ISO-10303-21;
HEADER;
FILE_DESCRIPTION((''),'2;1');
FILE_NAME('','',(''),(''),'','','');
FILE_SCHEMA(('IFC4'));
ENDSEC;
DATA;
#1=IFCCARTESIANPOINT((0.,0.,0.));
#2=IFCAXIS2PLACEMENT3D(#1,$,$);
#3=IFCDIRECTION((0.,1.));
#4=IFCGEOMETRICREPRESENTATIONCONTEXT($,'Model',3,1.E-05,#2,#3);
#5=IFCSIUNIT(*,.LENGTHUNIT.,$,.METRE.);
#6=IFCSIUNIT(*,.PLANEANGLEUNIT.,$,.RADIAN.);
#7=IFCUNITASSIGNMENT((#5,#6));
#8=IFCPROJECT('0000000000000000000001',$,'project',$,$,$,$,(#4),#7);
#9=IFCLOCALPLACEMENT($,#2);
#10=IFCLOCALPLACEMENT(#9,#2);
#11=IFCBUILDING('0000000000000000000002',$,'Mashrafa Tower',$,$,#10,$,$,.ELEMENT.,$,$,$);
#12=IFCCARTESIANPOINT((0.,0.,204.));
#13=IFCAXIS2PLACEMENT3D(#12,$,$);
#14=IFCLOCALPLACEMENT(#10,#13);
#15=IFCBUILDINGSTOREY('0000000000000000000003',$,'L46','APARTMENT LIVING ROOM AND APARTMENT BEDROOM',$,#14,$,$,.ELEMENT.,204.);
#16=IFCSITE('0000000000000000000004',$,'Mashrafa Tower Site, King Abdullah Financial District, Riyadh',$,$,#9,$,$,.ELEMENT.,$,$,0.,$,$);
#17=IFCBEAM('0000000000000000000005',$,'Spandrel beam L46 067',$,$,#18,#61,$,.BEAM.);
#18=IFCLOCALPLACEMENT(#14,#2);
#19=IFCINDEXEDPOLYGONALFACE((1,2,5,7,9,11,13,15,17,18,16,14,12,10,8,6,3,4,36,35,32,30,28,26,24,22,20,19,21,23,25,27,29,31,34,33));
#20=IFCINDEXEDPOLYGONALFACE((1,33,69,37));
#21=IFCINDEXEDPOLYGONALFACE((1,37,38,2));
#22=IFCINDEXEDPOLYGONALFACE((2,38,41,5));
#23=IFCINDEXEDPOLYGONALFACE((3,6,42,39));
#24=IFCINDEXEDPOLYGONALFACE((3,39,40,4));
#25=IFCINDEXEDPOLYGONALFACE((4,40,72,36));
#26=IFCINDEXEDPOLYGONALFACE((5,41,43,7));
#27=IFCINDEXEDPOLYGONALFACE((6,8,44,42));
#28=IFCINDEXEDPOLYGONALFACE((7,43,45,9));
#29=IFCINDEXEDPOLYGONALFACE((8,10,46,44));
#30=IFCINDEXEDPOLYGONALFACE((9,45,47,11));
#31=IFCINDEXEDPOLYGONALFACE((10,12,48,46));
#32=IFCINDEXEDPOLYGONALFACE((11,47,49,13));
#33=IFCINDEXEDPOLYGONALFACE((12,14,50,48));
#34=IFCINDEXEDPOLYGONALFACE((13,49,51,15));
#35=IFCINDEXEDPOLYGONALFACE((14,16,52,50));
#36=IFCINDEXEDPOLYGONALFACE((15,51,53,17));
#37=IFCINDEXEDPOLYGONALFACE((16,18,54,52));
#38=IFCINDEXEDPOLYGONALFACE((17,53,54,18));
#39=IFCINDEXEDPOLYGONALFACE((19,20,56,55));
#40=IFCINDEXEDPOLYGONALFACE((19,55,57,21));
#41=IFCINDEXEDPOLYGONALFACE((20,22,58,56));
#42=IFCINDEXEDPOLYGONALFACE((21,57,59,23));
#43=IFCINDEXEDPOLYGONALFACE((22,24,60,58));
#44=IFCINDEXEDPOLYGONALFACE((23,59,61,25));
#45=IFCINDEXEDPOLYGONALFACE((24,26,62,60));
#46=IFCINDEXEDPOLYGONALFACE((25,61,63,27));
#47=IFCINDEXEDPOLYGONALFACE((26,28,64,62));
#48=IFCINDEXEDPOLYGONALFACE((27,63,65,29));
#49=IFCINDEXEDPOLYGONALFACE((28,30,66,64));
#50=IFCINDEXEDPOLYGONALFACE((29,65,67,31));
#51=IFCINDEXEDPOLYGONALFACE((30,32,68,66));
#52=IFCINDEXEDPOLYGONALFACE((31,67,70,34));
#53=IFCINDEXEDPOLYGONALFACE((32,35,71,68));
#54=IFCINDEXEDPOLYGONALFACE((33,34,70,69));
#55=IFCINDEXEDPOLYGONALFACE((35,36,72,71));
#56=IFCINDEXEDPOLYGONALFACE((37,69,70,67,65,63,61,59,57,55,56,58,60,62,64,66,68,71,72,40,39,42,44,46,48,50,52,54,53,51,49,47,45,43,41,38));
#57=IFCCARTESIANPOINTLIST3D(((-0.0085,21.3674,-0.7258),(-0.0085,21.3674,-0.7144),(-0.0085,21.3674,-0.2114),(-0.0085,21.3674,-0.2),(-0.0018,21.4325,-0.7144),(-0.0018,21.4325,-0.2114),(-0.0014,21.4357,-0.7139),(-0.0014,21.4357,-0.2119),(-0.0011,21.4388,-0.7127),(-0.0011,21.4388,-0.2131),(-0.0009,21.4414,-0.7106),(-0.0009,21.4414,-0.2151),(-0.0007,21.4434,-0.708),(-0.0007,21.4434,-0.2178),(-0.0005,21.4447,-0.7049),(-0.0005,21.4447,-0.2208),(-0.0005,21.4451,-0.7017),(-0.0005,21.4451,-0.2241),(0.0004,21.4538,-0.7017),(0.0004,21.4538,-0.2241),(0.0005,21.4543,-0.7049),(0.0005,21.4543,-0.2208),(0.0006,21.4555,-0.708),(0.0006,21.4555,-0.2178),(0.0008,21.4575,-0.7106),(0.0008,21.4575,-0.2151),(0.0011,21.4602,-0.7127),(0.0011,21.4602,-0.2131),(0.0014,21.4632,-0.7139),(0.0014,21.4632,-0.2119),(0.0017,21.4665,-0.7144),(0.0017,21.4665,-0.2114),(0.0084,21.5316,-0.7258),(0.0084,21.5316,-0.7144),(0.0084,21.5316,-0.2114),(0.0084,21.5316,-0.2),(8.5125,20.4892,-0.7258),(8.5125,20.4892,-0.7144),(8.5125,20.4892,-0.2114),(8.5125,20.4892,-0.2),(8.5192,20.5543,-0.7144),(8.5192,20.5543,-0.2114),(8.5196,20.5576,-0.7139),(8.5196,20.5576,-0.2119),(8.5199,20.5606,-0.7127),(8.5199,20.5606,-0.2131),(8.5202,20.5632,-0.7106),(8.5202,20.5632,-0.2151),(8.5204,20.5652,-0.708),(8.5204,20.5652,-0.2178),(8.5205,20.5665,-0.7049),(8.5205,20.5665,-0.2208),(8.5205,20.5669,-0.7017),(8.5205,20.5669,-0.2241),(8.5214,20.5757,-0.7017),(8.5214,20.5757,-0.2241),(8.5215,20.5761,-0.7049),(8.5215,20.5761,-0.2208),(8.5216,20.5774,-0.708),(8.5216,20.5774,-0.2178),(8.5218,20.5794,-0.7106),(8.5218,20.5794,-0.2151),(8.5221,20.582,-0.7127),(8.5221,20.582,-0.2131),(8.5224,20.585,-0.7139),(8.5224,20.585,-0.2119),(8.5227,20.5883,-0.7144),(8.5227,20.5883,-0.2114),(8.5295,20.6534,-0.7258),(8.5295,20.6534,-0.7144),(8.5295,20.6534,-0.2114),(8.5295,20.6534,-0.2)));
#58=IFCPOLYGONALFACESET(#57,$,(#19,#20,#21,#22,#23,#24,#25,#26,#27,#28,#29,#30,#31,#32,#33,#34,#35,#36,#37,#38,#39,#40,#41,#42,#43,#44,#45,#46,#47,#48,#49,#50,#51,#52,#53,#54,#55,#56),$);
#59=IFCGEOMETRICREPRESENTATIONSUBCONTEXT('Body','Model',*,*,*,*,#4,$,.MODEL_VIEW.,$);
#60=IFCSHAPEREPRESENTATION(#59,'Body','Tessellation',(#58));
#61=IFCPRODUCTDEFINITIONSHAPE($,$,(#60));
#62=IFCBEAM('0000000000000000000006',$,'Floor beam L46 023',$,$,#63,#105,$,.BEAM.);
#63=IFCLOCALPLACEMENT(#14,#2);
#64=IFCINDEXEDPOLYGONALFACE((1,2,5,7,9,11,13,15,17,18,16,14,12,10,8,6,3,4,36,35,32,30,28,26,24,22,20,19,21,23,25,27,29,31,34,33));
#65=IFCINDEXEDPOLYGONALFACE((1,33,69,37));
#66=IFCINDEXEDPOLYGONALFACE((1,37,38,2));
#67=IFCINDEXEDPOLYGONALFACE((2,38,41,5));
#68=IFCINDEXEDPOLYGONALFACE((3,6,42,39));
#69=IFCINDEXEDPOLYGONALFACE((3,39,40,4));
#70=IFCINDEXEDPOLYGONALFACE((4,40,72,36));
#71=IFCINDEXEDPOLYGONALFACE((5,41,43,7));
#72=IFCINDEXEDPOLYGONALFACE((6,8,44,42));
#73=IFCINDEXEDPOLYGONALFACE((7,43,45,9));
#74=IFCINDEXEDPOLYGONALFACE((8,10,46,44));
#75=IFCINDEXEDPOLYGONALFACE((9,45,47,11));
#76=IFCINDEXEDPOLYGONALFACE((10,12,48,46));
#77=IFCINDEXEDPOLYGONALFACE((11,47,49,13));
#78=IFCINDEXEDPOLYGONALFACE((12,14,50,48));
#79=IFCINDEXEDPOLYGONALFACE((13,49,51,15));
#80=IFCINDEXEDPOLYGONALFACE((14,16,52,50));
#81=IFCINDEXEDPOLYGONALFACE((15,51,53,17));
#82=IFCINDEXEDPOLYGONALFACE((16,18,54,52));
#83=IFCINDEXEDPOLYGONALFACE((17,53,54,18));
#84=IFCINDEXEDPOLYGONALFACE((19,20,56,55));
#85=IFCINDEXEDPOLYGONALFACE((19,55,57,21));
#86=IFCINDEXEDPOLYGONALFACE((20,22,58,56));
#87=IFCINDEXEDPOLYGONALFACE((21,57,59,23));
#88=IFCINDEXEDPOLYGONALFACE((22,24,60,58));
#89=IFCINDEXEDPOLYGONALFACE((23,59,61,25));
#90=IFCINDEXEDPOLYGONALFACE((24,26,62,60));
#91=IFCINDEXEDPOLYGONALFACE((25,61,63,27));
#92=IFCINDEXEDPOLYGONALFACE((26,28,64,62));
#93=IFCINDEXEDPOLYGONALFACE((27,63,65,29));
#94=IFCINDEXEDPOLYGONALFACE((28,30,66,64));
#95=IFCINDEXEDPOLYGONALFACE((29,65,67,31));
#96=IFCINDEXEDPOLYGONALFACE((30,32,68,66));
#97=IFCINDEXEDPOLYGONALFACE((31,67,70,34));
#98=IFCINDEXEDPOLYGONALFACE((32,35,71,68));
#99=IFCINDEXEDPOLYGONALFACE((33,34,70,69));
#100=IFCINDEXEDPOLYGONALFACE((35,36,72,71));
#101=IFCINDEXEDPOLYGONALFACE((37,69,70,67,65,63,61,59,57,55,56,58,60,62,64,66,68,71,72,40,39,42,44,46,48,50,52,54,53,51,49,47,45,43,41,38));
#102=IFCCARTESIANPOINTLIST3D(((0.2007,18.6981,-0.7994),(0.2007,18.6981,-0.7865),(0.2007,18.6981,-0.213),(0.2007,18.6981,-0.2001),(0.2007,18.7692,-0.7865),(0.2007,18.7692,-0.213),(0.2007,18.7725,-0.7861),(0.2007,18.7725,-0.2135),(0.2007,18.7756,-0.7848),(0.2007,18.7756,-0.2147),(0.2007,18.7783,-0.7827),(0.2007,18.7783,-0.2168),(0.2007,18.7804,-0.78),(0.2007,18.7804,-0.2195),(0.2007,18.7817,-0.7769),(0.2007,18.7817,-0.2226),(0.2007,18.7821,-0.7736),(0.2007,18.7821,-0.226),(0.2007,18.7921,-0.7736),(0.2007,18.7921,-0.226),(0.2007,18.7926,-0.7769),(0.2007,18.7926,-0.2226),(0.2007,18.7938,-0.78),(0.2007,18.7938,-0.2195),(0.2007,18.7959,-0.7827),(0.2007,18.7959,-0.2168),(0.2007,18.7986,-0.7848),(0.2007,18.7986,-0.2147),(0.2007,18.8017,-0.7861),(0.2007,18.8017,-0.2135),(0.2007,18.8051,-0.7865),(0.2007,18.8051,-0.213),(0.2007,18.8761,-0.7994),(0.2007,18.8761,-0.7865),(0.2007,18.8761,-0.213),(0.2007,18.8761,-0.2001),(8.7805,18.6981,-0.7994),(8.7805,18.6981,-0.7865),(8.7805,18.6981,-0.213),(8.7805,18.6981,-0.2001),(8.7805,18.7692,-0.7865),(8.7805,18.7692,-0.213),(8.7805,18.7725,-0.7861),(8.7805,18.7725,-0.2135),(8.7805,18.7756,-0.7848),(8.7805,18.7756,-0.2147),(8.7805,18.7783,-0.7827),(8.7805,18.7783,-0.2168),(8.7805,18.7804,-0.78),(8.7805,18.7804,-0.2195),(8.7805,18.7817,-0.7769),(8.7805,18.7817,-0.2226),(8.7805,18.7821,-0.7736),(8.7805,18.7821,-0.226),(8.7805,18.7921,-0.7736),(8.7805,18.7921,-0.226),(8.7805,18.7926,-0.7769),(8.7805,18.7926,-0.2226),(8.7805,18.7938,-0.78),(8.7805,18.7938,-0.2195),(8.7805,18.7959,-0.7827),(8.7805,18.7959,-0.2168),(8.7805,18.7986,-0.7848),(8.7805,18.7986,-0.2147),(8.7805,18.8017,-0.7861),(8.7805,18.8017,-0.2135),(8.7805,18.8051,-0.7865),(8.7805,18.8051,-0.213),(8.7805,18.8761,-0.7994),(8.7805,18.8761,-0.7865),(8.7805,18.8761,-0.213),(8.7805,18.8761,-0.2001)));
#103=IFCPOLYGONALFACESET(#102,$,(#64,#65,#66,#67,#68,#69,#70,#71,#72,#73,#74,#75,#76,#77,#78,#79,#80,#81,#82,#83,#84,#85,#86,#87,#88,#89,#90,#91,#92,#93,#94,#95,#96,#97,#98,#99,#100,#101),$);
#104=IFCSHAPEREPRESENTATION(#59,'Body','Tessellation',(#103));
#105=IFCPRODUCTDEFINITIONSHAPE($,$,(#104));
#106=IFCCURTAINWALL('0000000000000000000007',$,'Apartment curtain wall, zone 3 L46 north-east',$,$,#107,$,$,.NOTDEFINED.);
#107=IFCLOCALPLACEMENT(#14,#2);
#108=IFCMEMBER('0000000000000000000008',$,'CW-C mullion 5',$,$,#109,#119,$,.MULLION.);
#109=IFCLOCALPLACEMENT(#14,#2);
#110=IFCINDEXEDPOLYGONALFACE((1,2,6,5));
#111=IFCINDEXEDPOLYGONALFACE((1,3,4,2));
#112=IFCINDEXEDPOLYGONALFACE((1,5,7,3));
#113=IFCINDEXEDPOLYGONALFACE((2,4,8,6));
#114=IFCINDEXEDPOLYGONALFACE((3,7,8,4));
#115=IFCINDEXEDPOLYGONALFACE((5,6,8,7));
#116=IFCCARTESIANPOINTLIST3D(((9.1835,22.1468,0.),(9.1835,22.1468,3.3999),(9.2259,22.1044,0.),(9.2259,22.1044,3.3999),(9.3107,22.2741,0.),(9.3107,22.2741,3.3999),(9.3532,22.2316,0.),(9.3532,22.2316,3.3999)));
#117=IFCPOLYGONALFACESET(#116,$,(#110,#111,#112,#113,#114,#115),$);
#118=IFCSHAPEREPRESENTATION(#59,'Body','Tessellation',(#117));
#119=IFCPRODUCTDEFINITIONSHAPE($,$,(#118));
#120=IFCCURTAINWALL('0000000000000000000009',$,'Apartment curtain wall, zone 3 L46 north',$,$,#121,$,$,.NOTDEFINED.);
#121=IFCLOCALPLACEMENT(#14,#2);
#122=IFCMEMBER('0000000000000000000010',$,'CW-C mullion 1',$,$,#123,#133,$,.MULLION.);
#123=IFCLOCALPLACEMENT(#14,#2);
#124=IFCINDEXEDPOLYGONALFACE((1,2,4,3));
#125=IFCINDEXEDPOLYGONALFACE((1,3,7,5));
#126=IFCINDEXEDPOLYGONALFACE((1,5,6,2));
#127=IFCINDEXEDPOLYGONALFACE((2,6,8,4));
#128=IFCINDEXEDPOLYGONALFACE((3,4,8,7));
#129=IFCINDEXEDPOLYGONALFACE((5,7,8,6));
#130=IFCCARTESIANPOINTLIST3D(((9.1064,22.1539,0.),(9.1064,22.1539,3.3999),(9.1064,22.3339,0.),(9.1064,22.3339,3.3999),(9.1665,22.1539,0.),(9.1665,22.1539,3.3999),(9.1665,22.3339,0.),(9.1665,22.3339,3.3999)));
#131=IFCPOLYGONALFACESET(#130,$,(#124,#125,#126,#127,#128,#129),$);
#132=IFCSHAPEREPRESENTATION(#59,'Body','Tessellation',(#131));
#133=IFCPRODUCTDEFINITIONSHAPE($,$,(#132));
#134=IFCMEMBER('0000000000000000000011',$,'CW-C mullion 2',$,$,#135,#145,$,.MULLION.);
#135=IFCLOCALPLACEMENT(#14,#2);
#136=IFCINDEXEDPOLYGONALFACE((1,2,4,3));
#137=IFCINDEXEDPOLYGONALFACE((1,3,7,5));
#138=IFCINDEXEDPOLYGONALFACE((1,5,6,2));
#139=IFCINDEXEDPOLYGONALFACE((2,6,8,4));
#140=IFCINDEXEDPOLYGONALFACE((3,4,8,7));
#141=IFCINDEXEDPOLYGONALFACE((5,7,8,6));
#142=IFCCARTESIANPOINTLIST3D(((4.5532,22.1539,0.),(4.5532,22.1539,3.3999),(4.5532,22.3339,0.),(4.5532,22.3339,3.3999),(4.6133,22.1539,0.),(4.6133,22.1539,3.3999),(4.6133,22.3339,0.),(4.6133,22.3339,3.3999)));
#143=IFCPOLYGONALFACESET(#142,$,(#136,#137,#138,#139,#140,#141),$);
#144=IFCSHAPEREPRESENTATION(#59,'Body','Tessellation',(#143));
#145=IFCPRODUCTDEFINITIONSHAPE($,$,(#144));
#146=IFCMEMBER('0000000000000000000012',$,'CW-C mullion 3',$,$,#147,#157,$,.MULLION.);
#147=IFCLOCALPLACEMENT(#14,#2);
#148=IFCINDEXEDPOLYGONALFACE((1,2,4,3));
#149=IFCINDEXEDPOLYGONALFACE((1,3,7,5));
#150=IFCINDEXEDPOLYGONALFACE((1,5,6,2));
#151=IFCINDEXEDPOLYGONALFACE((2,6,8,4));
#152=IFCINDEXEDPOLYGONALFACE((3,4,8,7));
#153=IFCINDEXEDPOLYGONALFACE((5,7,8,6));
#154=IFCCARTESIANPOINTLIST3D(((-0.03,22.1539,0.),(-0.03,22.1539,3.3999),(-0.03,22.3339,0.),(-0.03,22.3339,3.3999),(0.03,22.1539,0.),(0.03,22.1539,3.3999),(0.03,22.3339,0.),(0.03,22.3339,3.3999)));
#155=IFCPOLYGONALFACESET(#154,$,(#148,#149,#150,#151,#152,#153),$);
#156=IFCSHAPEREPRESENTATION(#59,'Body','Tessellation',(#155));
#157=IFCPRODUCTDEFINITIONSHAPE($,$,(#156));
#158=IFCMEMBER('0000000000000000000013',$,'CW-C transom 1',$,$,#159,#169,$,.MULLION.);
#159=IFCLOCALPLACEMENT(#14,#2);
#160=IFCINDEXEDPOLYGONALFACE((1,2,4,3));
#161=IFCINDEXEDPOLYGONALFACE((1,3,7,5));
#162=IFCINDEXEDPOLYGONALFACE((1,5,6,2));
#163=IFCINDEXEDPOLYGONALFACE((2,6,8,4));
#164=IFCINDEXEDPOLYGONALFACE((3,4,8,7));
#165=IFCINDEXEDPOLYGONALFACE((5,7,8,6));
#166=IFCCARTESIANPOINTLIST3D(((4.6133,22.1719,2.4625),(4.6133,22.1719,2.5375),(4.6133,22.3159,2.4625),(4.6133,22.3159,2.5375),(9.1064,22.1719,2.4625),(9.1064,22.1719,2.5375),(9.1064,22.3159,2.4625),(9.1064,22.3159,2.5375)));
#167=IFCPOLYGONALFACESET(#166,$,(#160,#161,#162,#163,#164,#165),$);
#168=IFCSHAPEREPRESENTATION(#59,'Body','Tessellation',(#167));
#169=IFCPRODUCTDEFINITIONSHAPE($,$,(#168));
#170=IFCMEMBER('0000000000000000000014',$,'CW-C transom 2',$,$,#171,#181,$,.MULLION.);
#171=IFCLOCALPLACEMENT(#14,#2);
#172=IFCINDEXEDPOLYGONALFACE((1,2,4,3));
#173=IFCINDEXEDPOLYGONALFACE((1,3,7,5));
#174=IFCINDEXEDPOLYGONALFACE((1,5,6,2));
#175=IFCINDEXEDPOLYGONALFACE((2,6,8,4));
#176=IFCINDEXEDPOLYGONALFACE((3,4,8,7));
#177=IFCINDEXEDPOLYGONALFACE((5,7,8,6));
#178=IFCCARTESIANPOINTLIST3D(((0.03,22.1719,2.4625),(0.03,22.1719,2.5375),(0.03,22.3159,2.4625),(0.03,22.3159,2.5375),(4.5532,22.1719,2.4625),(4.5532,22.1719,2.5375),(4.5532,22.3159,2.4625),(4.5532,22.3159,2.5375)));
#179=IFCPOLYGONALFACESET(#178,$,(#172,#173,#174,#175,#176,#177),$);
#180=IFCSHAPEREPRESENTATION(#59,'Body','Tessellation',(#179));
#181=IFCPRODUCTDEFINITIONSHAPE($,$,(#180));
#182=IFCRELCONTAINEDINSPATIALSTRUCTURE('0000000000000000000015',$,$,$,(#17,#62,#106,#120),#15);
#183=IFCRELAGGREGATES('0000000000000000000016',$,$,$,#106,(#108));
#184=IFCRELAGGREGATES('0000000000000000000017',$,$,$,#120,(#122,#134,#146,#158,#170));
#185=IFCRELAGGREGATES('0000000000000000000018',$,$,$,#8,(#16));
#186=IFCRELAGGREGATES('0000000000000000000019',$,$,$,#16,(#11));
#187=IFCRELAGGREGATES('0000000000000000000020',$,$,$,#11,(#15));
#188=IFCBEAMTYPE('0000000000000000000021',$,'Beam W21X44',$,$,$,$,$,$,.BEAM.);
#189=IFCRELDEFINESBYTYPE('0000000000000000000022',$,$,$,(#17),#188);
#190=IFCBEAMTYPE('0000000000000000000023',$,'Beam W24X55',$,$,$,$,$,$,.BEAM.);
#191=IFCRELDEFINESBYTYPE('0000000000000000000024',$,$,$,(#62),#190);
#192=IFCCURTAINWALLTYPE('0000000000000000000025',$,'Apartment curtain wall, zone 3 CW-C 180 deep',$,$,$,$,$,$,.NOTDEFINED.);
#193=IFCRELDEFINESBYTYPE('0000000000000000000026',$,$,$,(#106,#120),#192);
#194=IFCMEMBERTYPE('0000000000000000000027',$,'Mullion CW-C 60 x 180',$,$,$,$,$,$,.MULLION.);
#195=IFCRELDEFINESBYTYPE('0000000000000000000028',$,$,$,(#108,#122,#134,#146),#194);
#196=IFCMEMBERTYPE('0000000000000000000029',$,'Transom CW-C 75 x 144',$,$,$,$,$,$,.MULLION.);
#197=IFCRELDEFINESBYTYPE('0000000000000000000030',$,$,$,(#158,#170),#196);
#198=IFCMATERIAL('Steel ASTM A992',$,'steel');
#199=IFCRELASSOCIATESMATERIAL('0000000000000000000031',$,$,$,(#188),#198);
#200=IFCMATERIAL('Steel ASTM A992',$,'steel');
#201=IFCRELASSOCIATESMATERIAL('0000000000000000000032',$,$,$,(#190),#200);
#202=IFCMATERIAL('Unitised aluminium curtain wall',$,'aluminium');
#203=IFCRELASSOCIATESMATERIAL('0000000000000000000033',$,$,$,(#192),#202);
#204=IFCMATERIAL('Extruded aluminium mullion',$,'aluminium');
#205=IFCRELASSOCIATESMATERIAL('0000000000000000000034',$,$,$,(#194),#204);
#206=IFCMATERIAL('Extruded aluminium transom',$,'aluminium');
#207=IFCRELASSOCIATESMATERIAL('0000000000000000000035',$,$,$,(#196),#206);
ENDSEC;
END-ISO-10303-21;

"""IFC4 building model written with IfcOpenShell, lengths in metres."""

from ifc_helpers import new_model, si_unit, direction, frame, origin, origin_2d, place, context, subcontext, project, spatial, rectangle, i_section, extrude, source, transform, mapped, material, material_profile, profile_set, type_object, type_shapes, element, aggregate, save


model = new_model("IFC4")

# Units and contexts
model_context = context("Model", 3, precision=1e-05, world=origin(), true_north=direction((0.0, 1.0)))
body_context = subcontext(model_context, "Body", "Model", "MODEL_VIEW")
ifc_project = project(units=[si_unit("LENGTHUNIT", "METRE"), si_unit("PLANEANGLEUNIT", "RADIAN")], contexts=[model_context])

# Site, building, storey
site_placement = place(None, origin())
site = spatial("IfcSite", under=ifc_project, at=site_placement, Name="Mashrafa Tower Site, King Abdullah Financial District, Riyadh", CompositionType="ELEMENT", RefElevation=0.0)
building_placement = place(site_placement, origin())
building = spatial("IfcBuilding", under=site, at=building_placement, Name="Mashrafa Tower", CompositionType="ELEMENT")
storey_placement = place(building_placement, frame((0.0, 0.0, 204.0)))
storey = spatial("IfcBuildingStorey", under=building, at=storey_placement, Name="L46", Description="APARTMENT LIVING ROOM AND APARTMENT BEDROOM", CompositionType="ELEMENT", Elevation=204.0)

# Beams
ifc_material_1 = material(Name="Steel ASTM A992", Category="steel")
ifc_material_profile_1 = material_profile(ifc_material_1, i_section(OverallWidth=0.165, OverallDepth=0.5259, WebThickness=0.0088, FlangeThickness=0.0115, FilletRadius=0.0127, at=origin_2d()), Name="W21X44")
ifc_profile_set_1 = profile_set([ifc_material_profile_1], Name="Steel ASTM A992")
beam_type_1 = type_object("IfcBeamType", Name="Beam W21X44", PredefinedType="BEAM", material=ifc_profile_set_1)
for number, where, z_axis, x_axis, name in (
    (1, (8.521, 20.5713, -0.4629), (-0.994731, 0.102517, 0.0), (-0.102517, -0.994731, 0.0), "Spandrel beam L46 067"),
):
    element("IfcBeam", number, at=place(storey_placement, frame(where, z_axis=z_axis, x_axis=x_axis)), inside=storey, type_object=beam_type_1, Name=name, PredefinedType="BEAM", context=body_context, shape_type="SweptSolid", body=[
        extrude(i_section(OverallWidth=0.165, OverallDepth=0.5259, WebThickness=0.0088, FlangeThickness=0.0115, FilletRadius=0.0127, at=origin_2d()), origin(), (0.0, 0.0, 1.0), 8.5662),
    ])
ifc_material_2 = material(Name="Steel ASTM A992", Category="steel")
ifc_material_profile_2 = material_profile(ifc_material_2, i_section(OverallWidth=0.178, OverallDepth=0.5994, WebThickness=0.01, FlangeThickness=0.0129, FilletRadius=0.0129, at=origin_2d()), Name="W24X55")
ifc_profile_set_2 = profile_set([ifc_material_profile_2], Name="Steel ASTM A992")
beam_type_2 = type_object("IfcBeamType", Name="Beam W24X55", PredefinedType="BEAM", material=ifc_profile_set_2)
beam_1_placement = place(storey_placement, frame((0.2007, 18.7871, -0.4998), z_axis=(1.0, 0.0, 0.0), x_axis=(0.0, 1.0, 0.0)))
element("IfcBeam", 2, at=beam_1_placement, inside=storey, type_object=beam_type_2, Name="Floor beam L46 023", PredefinedType="BEAM", context=body_context, shape_type="SweptSolid", body=[
    extrude(i_section(OverallWidth=0.178, OverallDepth=0.5994, WebThickness=0.01, FlangeThickness=0.0129, FilletRadius=0.0129, at=origin_2d()), origin(), (0.0, 0.0, 1.0), 8.5798),
])

# Curtain wall, member
ifc_material_3 = material(Name="Unitised aluminium curtain wall", Category="aluminium")
curtain_wall_type = type_object("IfcCurtainWallType", Name="Apartment curtain wall, zone 3 CW-C 180 deep", PredefinedType="NOTDEFINED", material=ifc_material_3)
curtain_wall_1_placement = place(storey_placement, origin())
curtain_wall_1 = element("IfcCurtainWall", 3, at=curtain_wall_1_placement, inside=storey, type_object=curtain_wall_type, Name="Apartment curtain wall, zone 3 L46 north-east", PredefinedType="NOTDEFINED")
ifc_material_4 = material(Name="Extruded aluminium mullion", Category="aluminium")
ifc_material_profile_3 = material_profile(ifc_material_4, rectangle(XDim=0.1799, YDim=0.0601, at=origin_2d()), Name="Mullion 60x180")
ifc_profile_set_3 = profile_set([ifc_material_profile_3], Name="Extruded aluminium mullion")
member_type_1 = type_object("IfcMemberType", Name="Mullion CW-C 60 x 180", PredefinedType="MULLION", material=ifc_profile_set_3)
shared_shape_1 = source(origin(), body_context, "Body", "SweptSolid", [
    extrude(rectangle(XDim=0.1799, YDim=0.0601, at=origin_2d()), origin(), (0.0, 0.0, 1.0), 3.3999),
])
type_shapes(member_type_1, [shared_shape_1])
member_1_placement = place(storey_placement, frame((9.2683, 22.1892, 0.0), z_axis=(0.0, 0.0, 1.0), x_axis=(-0.707107, -0.707107, 0.0)))
member_1 = element("IfcMember", 4, at=member_1_placement, type_object=member_type_1, Name="CW-C mullion 5", PredefinedType="MULLION", context=body_context, shape_type="MappedRepresentation", body=[
    mapped(shared_shape_1, transform((0.0, 0.0, 0.0))),
])

# Curtain wall, members
curtain_wall_2_placement = place(storey_placement, origin())
curtain_wall_2 = element("IfcCurtainWall", 5, at=curtain_wall_2_placement, inside=storey, type_object=curtain_wall_type, Name="Apartment curtain wall, zone 3 L46 north", PredefinedType="NOTDEFINED")
member_2_placement = place(storey_placement, frame((9.1365, 22.2439, 0.0), z_axis=(0.0, 0.0, 1.0), x_axis=(0.0, -1.0, 0.0)))
member_2 = element("IfcMember", 6, at=member_2_placement, type_object=member_type_1, Name="CW-C mullion 1", PredefinedType="MULLION", context=body_context, shape_type="MappedRepresentation", body=[
    mapped(shared_shape_1, transform((0.0, 0.0, 0.0))),
])
member_3_placement = place(storey_placement, frame((4.5833, 22.2439, 0.0), z_axis=(0.0, 0.0, 1.0), x_axis=(0.0, -1.0, 0.0)))
member_3 = element("IfcMember", 7, at=member_3_placement, type_object=member_type_1, Name="CW-C mullion 2", PredefinedType="MULLION", context=body_context, shape_type="MappedRepresentation", body=[
    mapped(shared_shape_1, transform((0.0, 0.0, 0.0))),
])
member_4_placement = place(storey_placement, frame((0.0, 22.2439, 0.0), z_axis=(0.0, 0.0, 1.0), x_axis=(0.0, -1.0, 0.0)))
member_4 = element("IfcMember", 8, at=member_4_placement, type_object=member_type_1, Name="CW-C mullion 3", PredefinedType="MULLION", context=body_context, shape_type="MappedRepresentation", body=[
    mapped(shared_shape_1, transform((0.0, 0.0, 0.0))),
])
ifc_material_5 = material(Name="Extruded aluminium transom", Category="aluminium")
ifc_material_profile_4 = material_profile(ifc_material_5, rectangle(XDim=0.144, YDim=0.075, at=origin_2d()), Name="Transom 75x144")
ifc_profile_set_4 = profile_set([ifc_material_profile_4], Name="Extruded aluminium transom")
member_type_2 = type_object("IfcMemberType", Name="Transom CW-C 75 x 144", PredefinedType="MULLION", material=ifc_profile_set_4)
shared_shape_2 = source(origin(), body_context, "Body", "SweptSolid", [
    extrude(rectangle(XDim=0.144, YDim=0.075, at=origin_2d()), origin(), (0.0, 0.0, 1.0), 4.4932),
])
member_5_placement = place(storey_placement, frame((9.1064, 22.2439, 2.5), z_axis=(-1.0, 0.0, 0.0), x_axis=(0.0, -1.0, 0.0)))
member_5 = element("IfcMember", 9, at=member_5_placement, type_object=member_type_2, Name="CW-C transom 1", PredefinedType="MULLION", context=body_context, shape_type="MappedRepresentation", body=[
    mapped(shared_shape_2, transform((0.0, 0.0, 0.0))),
])
shared_shape_3 = source(origin(), body_context, "Body", "SweptSolid", [
    extrude(rectangle(XDim=0.144, YDim=0.075, at=origin_2d()), origin(), (0.0, 0.0, 1.0), 4.5232),
])
type_shapes(member_type_2, [shared_shape_2, shared_shape_3])
member_6_placement = place(storey_placement, frame((4.5532, 22.2439, 2.5), z_axis=(-1.0, 0.0, 0.0), x_axis=(0.0, -1.0, 0.0)))
member_6 = element("IfcMember", 10, at=member_6_placement, type_object=member_type_2, Name="CW-C transom 2", PredefinedType="MULLION", context=body_context, shape_type="MappedRepresentation", body=[
    mapped(shared_shape_3, transform((0.0, 0.0, 0.0))),
])

aggregate(curtain_wall_1, [member_1])
aggregate(curtain_wall_2, [member_2, member_3, member_4, member_5, member_6])

save(model, "model.ifc")
